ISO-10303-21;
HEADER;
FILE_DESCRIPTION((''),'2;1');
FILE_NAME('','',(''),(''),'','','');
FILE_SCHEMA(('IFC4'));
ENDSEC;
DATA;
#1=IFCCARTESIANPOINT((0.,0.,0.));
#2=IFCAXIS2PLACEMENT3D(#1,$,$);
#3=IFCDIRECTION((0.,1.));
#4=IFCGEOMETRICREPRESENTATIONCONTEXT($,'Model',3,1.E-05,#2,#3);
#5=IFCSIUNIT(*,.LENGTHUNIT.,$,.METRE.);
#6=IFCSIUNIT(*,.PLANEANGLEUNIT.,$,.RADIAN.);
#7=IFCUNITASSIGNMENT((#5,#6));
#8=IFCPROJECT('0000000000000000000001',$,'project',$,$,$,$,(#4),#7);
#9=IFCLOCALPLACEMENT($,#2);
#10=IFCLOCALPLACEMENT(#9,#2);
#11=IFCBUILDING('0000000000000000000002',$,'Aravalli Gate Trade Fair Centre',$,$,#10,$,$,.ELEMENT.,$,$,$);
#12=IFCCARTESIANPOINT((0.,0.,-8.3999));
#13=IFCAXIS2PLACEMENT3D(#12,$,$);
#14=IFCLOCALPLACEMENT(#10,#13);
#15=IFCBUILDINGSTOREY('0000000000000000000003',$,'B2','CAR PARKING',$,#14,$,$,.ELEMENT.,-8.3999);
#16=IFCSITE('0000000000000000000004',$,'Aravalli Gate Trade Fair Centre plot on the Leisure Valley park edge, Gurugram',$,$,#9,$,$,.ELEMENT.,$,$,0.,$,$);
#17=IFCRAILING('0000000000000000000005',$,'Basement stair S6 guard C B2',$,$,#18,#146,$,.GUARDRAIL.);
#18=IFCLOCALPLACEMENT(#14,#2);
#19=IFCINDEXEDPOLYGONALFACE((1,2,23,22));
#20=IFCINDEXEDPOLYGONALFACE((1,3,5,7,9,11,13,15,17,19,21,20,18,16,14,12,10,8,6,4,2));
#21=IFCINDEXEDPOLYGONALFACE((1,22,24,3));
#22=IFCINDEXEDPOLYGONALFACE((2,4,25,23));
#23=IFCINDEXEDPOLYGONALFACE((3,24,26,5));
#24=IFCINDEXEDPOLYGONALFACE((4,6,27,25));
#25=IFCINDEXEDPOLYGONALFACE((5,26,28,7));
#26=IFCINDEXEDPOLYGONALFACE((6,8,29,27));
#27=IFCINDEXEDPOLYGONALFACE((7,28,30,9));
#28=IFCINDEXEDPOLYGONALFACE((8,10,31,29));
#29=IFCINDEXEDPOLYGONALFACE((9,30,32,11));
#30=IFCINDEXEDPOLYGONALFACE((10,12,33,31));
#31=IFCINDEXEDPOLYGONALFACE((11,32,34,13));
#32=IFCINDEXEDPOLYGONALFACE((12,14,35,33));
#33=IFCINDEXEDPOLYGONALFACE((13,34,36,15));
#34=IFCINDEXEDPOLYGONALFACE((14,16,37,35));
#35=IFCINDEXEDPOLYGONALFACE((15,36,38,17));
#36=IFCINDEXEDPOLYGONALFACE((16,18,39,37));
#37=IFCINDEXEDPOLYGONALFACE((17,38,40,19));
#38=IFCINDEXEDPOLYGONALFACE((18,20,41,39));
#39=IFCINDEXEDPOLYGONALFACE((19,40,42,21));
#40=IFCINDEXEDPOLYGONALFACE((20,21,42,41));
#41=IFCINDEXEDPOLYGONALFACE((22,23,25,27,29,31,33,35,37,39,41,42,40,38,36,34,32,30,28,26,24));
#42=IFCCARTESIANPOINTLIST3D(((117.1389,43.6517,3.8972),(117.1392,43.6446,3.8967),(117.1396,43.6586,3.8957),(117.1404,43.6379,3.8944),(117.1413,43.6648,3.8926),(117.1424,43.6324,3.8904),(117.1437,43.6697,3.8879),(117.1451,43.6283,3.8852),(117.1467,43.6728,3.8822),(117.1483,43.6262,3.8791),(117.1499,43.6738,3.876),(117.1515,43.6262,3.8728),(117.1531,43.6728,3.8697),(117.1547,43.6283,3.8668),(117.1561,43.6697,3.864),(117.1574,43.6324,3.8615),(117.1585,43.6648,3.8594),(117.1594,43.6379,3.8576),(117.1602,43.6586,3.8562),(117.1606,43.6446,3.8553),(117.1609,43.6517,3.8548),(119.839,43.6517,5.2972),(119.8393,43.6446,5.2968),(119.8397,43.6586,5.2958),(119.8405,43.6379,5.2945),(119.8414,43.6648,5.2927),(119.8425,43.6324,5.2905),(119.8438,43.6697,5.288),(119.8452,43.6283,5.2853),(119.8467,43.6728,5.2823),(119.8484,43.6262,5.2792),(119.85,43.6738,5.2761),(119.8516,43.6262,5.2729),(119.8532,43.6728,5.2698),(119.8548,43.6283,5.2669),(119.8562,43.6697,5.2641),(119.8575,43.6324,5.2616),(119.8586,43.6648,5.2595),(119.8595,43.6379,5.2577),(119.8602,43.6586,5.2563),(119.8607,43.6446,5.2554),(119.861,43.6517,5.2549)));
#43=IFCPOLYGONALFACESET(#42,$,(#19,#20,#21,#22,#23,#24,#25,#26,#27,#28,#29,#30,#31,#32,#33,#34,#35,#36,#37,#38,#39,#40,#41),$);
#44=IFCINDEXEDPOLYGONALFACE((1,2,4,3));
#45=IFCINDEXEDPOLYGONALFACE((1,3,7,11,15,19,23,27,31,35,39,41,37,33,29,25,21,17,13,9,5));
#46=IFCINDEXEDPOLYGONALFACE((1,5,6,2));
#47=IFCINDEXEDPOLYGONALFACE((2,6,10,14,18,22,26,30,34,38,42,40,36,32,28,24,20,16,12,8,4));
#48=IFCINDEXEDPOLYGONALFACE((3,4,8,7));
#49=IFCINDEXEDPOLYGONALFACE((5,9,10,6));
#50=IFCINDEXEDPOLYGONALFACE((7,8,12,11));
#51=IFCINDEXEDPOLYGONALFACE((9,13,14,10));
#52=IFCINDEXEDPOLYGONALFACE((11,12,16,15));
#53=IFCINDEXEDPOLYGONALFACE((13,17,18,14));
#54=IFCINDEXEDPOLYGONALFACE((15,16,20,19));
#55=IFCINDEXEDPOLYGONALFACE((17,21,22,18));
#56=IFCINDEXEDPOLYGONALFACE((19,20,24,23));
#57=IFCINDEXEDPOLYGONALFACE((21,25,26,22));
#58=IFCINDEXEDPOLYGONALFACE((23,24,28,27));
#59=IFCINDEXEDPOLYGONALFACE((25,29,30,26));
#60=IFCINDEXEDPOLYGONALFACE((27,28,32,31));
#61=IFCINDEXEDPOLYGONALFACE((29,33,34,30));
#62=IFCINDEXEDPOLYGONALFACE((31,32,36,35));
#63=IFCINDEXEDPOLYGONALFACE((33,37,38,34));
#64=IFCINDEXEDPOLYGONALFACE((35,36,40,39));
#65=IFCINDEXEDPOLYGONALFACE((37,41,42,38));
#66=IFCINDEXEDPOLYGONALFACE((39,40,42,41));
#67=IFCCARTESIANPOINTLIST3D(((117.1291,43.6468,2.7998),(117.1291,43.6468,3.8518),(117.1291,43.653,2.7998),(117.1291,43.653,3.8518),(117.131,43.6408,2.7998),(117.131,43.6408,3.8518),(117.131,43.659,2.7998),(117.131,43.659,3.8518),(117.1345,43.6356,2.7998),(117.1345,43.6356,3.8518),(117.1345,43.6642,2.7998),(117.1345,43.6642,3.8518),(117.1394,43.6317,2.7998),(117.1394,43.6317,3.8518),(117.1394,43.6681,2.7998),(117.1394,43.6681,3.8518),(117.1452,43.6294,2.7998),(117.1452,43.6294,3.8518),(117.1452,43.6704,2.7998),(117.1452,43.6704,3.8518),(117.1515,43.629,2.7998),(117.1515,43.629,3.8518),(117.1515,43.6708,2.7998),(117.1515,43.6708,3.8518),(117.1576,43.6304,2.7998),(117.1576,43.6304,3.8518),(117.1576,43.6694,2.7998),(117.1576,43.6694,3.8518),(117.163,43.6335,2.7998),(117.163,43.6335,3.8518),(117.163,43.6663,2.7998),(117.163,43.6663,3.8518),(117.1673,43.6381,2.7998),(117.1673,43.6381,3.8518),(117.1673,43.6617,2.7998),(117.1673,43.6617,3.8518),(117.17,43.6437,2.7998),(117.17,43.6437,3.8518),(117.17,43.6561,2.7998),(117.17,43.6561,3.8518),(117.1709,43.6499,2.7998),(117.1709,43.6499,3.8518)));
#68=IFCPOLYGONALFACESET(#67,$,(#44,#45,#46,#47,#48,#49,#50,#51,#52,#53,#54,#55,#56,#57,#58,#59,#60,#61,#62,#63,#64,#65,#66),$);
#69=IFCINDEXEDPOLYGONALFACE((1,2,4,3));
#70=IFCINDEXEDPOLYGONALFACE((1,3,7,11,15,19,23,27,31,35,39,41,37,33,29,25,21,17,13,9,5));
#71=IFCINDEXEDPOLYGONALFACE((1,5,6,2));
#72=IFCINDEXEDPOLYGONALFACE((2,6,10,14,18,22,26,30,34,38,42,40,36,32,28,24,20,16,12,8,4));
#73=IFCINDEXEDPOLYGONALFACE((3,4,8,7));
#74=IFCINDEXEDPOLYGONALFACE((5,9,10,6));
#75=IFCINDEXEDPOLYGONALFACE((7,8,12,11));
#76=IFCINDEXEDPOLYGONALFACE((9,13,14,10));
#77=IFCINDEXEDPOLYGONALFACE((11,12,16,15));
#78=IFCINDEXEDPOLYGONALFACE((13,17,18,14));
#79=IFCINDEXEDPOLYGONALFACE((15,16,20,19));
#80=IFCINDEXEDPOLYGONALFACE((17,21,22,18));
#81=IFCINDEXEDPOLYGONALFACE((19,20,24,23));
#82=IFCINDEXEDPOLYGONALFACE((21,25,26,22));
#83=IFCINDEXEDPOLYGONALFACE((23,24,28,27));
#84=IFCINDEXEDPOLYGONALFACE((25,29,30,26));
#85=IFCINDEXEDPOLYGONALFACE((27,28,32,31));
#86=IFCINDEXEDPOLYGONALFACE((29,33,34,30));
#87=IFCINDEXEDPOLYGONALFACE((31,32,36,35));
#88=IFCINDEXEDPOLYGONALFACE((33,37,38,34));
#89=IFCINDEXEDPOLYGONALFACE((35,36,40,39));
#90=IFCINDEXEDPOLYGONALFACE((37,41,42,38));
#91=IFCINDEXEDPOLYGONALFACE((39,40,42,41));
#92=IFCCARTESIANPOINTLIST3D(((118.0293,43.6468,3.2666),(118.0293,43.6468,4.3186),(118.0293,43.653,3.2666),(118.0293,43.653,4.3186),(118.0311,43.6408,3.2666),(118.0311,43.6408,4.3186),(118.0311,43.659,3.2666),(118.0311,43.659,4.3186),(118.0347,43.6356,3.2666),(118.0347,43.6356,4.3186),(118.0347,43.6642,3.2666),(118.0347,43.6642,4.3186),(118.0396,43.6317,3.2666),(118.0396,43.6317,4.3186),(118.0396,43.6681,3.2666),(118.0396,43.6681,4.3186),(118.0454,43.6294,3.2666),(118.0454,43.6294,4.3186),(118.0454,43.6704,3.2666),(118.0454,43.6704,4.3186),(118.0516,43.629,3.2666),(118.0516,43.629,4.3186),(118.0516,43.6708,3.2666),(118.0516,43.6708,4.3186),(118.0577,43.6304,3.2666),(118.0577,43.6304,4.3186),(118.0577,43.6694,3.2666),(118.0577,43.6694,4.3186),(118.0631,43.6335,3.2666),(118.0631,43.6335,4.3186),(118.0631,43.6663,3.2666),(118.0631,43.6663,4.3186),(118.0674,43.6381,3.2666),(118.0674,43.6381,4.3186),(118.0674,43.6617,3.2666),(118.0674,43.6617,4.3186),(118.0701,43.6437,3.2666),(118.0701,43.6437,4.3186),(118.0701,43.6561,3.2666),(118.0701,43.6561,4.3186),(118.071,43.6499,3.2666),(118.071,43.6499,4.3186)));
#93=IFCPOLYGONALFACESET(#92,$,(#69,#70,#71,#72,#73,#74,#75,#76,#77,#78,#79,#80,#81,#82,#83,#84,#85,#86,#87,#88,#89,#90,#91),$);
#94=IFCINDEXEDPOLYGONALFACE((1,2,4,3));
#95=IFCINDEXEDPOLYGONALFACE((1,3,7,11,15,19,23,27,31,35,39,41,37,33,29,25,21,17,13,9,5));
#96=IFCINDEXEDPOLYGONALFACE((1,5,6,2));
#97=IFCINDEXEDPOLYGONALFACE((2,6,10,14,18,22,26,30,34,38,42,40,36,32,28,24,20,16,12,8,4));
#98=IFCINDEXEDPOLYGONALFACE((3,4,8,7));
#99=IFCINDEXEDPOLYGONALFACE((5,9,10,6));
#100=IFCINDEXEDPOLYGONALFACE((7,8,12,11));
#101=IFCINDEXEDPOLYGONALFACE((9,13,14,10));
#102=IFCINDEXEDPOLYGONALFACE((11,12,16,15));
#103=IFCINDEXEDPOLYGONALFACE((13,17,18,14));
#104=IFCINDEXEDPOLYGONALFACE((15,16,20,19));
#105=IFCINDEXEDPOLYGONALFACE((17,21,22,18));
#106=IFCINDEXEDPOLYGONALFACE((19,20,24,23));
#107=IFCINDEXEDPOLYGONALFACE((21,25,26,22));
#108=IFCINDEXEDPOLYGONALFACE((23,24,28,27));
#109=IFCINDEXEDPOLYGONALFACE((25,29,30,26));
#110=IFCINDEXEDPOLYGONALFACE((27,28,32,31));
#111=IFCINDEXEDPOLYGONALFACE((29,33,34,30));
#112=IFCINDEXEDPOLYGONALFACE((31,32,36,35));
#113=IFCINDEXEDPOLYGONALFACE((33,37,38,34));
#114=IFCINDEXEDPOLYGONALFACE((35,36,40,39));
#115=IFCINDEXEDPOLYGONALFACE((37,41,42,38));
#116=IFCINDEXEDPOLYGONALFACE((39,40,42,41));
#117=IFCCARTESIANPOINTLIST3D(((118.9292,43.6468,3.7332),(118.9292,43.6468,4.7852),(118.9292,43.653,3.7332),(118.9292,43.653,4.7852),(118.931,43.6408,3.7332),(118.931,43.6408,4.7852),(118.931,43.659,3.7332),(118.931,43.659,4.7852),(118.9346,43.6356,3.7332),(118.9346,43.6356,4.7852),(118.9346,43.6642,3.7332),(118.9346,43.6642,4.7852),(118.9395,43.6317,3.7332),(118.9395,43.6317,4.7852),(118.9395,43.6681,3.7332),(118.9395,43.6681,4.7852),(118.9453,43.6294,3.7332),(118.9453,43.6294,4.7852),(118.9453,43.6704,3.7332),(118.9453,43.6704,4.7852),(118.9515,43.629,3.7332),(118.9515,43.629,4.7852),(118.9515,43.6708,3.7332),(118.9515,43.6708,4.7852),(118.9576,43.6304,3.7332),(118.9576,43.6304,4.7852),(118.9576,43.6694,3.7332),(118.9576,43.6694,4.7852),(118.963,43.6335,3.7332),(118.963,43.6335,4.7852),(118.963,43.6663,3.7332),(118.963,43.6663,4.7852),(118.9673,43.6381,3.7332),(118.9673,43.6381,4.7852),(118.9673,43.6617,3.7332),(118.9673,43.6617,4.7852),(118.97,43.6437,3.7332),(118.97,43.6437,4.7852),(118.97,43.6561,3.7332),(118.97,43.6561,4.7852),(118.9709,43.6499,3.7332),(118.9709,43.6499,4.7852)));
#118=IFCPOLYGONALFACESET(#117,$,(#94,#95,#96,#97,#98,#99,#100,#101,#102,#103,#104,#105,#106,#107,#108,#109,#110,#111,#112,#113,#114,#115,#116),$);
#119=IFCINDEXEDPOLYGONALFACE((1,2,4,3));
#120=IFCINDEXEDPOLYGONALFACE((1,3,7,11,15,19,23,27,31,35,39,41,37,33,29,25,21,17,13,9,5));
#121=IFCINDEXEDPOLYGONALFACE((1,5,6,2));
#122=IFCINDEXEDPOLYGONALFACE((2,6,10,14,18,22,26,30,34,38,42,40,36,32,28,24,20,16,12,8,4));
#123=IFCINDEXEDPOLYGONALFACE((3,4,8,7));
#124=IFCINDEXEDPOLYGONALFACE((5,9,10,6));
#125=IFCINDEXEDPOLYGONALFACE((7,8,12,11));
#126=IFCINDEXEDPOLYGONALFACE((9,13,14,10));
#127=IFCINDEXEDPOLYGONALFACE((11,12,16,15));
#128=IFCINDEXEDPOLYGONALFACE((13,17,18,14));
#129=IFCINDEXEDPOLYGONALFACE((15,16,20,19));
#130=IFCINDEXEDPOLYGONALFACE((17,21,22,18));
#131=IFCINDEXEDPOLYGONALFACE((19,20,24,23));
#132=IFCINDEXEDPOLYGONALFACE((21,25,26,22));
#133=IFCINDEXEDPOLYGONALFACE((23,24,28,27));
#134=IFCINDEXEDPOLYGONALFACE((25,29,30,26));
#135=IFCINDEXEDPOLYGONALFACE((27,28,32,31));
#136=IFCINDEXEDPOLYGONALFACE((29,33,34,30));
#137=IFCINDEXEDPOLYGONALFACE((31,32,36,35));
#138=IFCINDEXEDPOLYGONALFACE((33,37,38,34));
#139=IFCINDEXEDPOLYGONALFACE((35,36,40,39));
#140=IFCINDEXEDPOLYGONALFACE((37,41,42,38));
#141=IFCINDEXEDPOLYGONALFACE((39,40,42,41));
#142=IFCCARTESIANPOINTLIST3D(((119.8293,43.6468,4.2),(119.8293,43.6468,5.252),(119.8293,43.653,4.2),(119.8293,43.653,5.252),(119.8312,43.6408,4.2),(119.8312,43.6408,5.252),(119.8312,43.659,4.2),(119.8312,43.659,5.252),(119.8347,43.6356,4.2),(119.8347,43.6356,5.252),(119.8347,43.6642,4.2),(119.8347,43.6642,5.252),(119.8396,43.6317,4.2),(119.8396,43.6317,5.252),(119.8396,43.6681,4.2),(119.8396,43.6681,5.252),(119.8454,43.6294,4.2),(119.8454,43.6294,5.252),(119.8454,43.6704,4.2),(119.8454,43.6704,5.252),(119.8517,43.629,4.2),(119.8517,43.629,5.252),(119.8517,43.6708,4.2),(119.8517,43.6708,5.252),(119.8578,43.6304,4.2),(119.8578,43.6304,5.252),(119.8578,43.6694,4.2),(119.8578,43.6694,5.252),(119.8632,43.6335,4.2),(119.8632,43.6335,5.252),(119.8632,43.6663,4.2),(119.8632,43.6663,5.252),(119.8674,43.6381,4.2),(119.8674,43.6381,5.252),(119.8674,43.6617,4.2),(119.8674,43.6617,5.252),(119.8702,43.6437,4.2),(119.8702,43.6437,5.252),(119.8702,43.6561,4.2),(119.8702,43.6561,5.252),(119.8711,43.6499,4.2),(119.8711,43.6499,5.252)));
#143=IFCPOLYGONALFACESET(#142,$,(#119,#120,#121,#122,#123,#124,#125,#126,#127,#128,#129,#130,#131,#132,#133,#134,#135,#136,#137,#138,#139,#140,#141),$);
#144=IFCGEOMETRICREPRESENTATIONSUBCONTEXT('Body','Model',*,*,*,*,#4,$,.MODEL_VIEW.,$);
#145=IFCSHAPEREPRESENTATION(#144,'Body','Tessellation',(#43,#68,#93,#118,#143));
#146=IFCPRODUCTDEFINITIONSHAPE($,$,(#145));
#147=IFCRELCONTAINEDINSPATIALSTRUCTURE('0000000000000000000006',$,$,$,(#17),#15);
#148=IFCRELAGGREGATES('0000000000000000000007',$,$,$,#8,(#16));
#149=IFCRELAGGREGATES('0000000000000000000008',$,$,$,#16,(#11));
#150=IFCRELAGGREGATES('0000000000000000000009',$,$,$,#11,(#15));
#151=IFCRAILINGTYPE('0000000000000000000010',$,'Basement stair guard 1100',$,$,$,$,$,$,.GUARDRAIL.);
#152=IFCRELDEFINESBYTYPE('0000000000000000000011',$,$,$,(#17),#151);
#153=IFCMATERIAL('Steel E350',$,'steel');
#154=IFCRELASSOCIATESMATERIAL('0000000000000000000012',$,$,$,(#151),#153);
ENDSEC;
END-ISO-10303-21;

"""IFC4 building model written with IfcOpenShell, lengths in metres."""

from ifc_helpers import new_model, si_unit, direction, frame, origin, origin_2d, place, context, subcontext, project, spatial, circle, extrude, material, type_object, element, save


model = new_model("IFC4")

# Units and contexts
model_context = context("Model", 3, precision=1e-05, world=origin(), true_north=direction((0.0, 1.0)))
body_context = subcontext(model_context, "Body", "Model", "MODEL_VIEW")
ifc_project = project(units=[si_unit("LENGTHUNIT", "METRE"), si_unit("PLANEANGLEUNIT", "RADIAN")], contexts=[model_context])

# Site, building, storey
site_placement = place(None, origin())
site = spatial("IfcSite", under=ifc_project, at=site_placement, Name="Aravalli Gate Trade Fair Centre plot on the Leisure Valley park edge, Gurugram", CompositionType="ELEMENT", RefElevation=0.0)
building_placement = place(site_placement, origin())
building = spatial("IfcBuilding", under=site, at=building_placement, Name="Aravalli Gate Trade Fair Centre", CompositionType="ELEMENT")
storey_placement = place(building_placement, frame((0.0, 0.0, -8.3999)))
storey = spatial("IfcBuildingStorey", under=building, at=storey_placement, Name="B2", Description="CAR PARKING", CompositionType="ELEMENT", Elevation=-8.3999)

# Railing
ifc_material_1 = material(Name="Steel E350", Category="steel")
railing_type_1 = type_object("IfcRailingType", Name="Basement stair guard 1100", PredefinedType="GUARDRAIL", material=ifc_material_1)
railing_1_placement = place(storey_placement, frame((117.1499, 43.6499, 2.7998)))
element("IfcRailing", 1, at=railing_1_placement, inside=storey, type_object=railing_type_1, Name="Basement stair S6 guard C B2", PredefinedType="GUARDRAIL", context=body_context, shape_type="SweptSolid", body=[
    extrude(circle(Radius=0.0239, at=origin_2d()), frame((0.0, 0.0, 1.0762), z_axis=(0.887748, 0.0, 0.460329), x_axis=(0.0, 1.0, 0.0)), (0.0, 0.0, 1.0), 3.0415),
    extrude(circle(Radius=0.021, at=origin_2d()), origin(), (0.0, 0.0, 1.0), 1.052),
    extrude(circle(Radius=0.021, at=origin_2d()), frame((0.9001, 0.0, 0.4668)), (0.0, 0.0, 1.0), 1.052),
    extrude(circle(Radius=0.021, at=origin_2d()), frame((1.8, 0.0, 0.9333)), (0.0, 0.0, 1.0), 1.052),
    extrude(circle(Radius=0.021, at=origin_2d()), frame((2.7002, 0.0, 1.4001)), (0.0, 0.0, 1.0), 1.052),
])

save(model, "model.ifc")
